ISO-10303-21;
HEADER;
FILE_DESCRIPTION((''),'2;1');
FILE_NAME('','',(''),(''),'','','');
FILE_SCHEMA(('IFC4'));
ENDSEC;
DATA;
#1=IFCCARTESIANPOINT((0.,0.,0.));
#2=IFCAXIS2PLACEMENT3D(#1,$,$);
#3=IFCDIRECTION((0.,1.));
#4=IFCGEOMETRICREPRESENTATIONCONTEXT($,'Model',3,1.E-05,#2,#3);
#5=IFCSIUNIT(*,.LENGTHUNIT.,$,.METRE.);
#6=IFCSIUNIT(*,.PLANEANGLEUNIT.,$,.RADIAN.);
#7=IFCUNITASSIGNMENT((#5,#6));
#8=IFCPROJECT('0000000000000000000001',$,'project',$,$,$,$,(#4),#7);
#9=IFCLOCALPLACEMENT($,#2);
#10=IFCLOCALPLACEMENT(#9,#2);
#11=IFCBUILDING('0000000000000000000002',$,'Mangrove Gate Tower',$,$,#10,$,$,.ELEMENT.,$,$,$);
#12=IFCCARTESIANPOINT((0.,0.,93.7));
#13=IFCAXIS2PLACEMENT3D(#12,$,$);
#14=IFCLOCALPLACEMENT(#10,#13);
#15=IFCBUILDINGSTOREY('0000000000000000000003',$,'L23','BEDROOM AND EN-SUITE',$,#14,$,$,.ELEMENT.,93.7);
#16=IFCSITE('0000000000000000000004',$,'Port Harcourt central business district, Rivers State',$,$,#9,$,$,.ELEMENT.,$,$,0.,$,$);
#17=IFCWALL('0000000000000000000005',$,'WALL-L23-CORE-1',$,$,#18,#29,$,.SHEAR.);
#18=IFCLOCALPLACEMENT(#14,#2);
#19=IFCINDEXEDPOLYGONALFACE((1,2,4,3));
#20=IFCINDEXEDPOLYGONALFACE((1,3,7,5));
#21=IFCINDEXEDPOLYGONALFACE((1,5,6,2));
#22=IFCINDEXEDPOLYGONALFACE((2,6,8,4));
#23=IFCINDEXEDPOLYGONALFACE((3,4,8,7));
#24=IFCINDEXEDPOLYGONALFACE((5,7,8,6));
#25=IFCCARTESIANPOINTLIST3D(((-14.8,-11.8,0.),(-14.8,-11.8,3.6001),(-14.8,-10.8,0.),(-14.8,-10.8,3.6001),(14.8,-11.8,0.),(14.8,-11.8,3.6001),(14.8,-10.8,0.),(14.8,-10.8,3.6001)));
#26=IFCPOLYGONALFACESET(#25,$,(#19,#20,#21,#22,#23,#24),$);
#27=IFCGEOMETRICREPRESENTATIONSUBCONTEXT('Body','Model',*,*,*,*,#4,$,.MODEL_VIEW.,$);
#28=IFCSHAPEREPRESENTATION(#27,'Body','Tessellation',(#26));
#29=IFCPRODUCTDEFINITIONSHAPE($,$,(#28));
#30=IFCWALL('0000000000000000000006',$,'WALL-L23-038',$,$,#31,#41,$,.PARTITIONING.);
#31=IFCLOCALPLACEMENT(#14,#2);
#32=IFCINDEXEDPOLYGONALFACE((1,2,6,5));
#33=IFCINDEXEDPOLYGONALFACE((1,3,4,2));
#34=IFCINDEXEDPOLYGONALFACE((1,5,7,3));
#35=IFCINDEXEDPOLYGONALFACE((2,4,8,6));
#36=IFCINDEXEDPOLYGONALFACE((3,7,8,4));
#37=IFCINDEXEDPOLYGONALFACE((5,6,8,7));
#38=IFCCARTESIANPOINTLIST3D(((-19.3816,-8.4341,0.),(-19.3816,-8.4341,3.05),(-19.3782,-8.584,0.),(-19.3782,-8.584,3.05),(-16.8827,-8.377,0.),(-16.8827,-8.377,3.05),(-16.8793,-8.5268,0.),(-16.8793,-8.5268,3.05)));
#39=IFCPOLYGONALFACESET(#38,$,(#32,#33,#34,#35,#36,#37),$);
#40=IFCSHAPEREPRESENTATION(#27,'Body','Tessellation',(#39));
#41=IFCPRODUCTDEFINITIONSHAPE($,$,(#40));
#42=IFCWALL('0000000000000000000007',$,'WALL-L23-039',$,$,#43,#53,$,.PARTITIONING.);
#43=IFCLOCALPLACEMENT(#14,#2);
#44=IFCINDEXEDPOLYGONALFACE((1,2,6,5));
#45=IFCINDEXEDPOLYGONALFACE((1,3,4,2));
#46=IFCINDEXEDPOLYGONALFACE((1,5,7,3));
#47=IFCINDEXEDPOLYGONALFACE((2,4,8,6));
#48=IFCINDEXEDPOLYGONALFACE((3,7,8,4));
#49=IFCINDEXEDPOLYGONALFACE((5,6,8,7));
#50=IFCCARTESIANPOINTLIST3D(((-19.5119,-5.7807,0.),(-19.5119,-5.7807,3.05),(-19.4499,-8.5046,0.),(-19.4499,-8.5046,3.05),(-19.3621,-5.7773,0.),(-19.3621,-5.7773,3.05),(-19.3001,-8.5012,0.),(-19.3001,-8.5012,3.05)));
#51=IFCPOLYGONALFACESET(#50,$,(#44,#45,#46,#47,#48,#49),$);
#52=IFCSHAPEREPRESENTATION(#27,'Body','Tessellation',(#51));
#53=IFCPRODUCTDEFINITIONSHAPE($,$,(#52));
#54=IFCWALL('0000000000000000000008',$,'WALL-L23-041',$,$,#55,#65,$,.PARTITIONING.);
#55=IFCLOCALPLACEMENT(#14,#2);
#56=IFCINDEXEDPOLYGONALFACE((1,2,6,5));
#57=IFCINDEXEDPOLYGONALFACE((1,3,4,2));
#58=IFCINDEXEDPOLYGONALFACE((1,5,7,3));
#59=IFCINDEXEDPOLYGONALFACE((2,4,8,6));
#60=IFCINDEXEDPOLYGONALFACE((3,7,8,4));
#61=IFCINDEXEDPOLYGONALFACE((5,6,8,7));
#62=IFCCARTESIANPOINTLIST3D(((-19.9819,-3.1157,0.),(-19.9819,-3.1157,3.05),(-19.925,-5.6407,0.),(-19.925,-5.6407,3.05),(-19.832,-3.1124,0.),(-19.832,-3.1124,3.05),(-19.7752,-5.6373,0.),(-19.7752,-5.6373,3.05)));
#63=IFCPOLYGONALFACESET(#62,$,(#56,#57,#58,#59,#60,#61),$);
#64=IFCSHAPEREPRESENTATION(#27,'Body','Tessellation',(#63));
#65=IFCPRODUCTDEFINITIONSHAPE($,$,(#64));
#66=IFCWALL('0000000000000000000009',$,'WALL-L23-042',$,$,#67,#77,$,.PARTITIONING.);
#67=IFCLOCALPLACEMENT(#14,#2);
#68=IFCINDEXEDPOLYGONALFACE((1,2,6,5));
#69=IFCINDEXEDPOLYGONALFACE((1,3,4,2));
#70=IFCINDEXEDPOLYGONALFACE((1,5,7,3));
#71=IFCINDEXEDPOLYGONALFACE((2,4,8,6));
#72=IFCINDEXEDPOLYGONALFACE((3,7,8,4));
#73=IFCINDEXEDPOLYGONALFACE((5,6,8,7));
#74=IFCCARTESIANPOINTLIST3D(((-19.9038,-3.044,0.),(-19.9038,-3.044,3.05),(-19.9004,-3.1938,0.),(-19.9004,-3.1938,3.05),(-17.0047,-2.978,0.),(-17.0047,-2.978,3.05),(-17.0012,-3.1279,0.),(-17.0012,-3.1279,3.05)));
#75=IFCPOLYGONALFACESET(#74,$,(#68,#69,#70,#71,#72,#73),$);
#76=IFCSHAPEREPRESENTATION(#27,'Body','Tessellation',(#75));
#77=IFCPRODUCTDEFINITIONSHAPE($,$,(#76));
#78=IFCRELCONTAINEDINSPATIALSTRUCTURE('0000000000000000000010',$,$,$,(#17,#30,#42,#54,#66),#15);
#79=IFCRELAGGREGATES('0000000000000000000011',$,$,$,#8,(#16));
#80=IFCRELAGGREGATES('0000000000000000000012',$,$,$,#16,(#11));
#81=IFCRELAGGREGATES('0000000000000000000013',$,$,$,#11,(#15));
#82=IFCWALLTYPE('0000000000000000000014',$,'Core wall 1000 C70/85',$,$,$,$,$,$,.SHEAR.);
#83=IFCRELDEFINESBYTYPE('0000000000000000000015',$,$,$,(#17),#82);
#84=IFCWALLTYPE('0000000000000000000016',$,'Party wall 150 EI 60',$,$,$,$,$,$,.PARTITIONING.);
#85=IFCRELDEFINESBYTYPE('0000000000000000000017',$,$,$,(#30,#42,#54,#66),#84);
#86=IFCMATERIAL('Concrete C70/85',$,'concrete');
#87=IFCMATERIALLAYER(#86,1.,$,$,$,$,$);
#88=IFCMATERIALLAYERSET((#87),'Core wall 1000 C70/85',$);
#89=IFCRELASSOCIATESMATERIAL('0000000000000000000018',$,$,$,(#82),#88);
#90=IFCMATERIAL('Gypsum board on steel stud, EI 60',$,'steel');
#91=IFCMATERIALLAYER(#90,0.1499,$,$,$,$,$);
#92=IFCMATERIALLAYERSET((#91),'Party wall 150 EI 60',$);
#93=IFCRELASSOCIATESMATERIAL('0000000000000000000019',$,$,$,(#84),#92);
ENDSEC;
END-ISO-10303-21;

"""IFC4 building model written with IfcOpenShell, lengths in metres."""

from ifc_helpers import new_model, si_unit, direction, frame, frame_2d, origin, place, context, subcontext, project, spatial, rectangle, extrude, material, layer, layer_set, type_object, element, save


model = new_model("IFC4")

# Units and contexts
model_context = context("Model", 3, precision=1e-05, world=origin(), true_north=direction((0.0, 1.0)))
body_context = subcontext(model_context, "Body", "Model", "MODEL_VIEW")
ifc_project = project(units=[si_unit("LENGTHUNIT", "METRE"), si_unit("PLANEANGLEUNIT", "RADIAN")], contexts=[model_context])

# Site, building, storey
site_placement = place(None, origin())
site = spatial("IfcSite", under=ifc_project, at=site_placement, Name="Port Harcourt central business district, Rivers State", CompositionType="ELEMENT", RefElevation=0.0)
building_placement = place(site_placement, origin())
building = spatial("IfcBuilding", under=site, at=building_placement, Name="Mangrove Gate Tower", CompositionType="ELEMENT")
storey_placement = place(building_placement, frame((0.0, 0.0, 93.7)))
storey = spatial("IfcBuildingStorey", under=building, at=storey_placement, Name="L23", Description="BEDROOM AND EN-SUITE", CompositionType="ELEMENT", Elevation=93.7)

# Walls
ifc_material_1 = material(Name="Concrete C70/85", Category="concrete")
ifc_layer_1 = layer(ifc_material_1, 1.0)
ifc_layer_set_1 = layer_set([ifc_layer_1], Name="Core wall 1000 C70/85")
wall_type_1 = type_object("IfcWallType", Name="Core wall 1000 C70/85", PredefinedType="SHEAR", material=ifc_layer_set_1)
wall_1_placement = place(storey_placement, frame((-14.8, -11.3, 0.0), z_axis=(0.0, 0.0, 1.0), x_axis=(1.0, 0.0, 0.0)))
element("IfcWall", 1, at=wall_1_placement, inside=storey, type_object=wall_type_1, Name="WALL-L23-CORE-1", PredefinedType="SHEAR", context=body_context, shape_type="SweptSolid", body=[
    extrude(rectangle(XDim=29.6001, YDim=1.0, at=frame_2d((14.8, 0.0))), origin(), (0.0, 0.0, 1.0), 3.6001),
])
ifc_material_2 = material(Name="Gypsum board on steel stud, EI 60", Category="steel")
ifc_layer_2 = layer(ifc_material_2, 0.1499)
ifc_layer_set_2 = layer_set([ifc_layer_2], Name="Party wall 150 EI 60")
wall_type_2 = type_object("IfcWallType", Name="Party wall 150 EI 60", PredefinedType="PARTITIONING", material=ifc_layer_set_2)
wall_2_placement = place(storey_placement, frame((-19.3799, -8.509, 0.0), z_axis=(0.0, 0.0, 1.0), x_axis=(0.999739, 0.022857, 0.0)))
element("IfcWall", 2, at=wall_2_placement, inside=storey, type_object=wall_type_2, Name="WALL-L23-038", PredefinedType="PARTITIONING", context=body_context, shape_type="SweptSolid", body=[
    extrude(rectangle(XDim=2.4995, YDim=0.1499, at=frame_2d((1.2498, 0.0))), origin(), (0.0, 0.0, 1.0), 3.05),
])
wall_3_placement = place(storey_placement, frame((-19.375, -8.5029, 0.0), z_axis=(0.0, 0.0, 1.0), x_axis=(-0.02276, 0.999741, 0.0)))
element("IfcWall", 3, at=wall_3_placement, inside=storey, type_object=wall_type_2, Name="WALL-L23-039", PredefinedType="PARTITIONING", context=body_context, shape_type="SweptSolid", body=[
    extrude(rectangle(XDim=2.7246, YDim=0.1499, at=frame_2d((1.3623, 0.0))), origin(), (0.0, 0.0, 1.0), 3.05),
])
wall_4_placement = place(storey_placement, frame((-19.8501, -5.6389, 0.0), z_axis=(0.0, 0.0, 1.0), x_axis=(-0.022524, 0.999746, 0.0)))
element("IfcWall", 4, at=wall_4_placement, inside=storey, type_object=wall_type_2, Name="WALL-L23-041", PredefinedType="PARTITIONING", context=body_context, shape_type="SweptSolid", body=[
    extrude(rectangle(XDim=2.5256, YDim=0.1499, at=frame_2d((1.2627, 0.0))), origin(), (0.0, 0.0, 1.0), 3.05),
])
wall_5_placement = place(storey_placement, frame((-19.9021, -3.1189, 0.0), z_axis=(0.0, 0.0, 1.0), x_axis=(0.999742, 0.022731, 0.0)))
element("IfcWall", 5, at=wall_5_placement, inside=storey, type_object=wall_type_2, Name="WALL-L23-042", PredefinedType="PARTITIONING", context=body_context, shape_type="SweptSolid", body=[
    extrude(rectangle(XDim=2.8999, YDim=0.1499, at=frame_2d((1.45, 0.0))), origin(), (0.0, 0.0, 1.0), 3.05),
])

save(model, "model.ifc")
